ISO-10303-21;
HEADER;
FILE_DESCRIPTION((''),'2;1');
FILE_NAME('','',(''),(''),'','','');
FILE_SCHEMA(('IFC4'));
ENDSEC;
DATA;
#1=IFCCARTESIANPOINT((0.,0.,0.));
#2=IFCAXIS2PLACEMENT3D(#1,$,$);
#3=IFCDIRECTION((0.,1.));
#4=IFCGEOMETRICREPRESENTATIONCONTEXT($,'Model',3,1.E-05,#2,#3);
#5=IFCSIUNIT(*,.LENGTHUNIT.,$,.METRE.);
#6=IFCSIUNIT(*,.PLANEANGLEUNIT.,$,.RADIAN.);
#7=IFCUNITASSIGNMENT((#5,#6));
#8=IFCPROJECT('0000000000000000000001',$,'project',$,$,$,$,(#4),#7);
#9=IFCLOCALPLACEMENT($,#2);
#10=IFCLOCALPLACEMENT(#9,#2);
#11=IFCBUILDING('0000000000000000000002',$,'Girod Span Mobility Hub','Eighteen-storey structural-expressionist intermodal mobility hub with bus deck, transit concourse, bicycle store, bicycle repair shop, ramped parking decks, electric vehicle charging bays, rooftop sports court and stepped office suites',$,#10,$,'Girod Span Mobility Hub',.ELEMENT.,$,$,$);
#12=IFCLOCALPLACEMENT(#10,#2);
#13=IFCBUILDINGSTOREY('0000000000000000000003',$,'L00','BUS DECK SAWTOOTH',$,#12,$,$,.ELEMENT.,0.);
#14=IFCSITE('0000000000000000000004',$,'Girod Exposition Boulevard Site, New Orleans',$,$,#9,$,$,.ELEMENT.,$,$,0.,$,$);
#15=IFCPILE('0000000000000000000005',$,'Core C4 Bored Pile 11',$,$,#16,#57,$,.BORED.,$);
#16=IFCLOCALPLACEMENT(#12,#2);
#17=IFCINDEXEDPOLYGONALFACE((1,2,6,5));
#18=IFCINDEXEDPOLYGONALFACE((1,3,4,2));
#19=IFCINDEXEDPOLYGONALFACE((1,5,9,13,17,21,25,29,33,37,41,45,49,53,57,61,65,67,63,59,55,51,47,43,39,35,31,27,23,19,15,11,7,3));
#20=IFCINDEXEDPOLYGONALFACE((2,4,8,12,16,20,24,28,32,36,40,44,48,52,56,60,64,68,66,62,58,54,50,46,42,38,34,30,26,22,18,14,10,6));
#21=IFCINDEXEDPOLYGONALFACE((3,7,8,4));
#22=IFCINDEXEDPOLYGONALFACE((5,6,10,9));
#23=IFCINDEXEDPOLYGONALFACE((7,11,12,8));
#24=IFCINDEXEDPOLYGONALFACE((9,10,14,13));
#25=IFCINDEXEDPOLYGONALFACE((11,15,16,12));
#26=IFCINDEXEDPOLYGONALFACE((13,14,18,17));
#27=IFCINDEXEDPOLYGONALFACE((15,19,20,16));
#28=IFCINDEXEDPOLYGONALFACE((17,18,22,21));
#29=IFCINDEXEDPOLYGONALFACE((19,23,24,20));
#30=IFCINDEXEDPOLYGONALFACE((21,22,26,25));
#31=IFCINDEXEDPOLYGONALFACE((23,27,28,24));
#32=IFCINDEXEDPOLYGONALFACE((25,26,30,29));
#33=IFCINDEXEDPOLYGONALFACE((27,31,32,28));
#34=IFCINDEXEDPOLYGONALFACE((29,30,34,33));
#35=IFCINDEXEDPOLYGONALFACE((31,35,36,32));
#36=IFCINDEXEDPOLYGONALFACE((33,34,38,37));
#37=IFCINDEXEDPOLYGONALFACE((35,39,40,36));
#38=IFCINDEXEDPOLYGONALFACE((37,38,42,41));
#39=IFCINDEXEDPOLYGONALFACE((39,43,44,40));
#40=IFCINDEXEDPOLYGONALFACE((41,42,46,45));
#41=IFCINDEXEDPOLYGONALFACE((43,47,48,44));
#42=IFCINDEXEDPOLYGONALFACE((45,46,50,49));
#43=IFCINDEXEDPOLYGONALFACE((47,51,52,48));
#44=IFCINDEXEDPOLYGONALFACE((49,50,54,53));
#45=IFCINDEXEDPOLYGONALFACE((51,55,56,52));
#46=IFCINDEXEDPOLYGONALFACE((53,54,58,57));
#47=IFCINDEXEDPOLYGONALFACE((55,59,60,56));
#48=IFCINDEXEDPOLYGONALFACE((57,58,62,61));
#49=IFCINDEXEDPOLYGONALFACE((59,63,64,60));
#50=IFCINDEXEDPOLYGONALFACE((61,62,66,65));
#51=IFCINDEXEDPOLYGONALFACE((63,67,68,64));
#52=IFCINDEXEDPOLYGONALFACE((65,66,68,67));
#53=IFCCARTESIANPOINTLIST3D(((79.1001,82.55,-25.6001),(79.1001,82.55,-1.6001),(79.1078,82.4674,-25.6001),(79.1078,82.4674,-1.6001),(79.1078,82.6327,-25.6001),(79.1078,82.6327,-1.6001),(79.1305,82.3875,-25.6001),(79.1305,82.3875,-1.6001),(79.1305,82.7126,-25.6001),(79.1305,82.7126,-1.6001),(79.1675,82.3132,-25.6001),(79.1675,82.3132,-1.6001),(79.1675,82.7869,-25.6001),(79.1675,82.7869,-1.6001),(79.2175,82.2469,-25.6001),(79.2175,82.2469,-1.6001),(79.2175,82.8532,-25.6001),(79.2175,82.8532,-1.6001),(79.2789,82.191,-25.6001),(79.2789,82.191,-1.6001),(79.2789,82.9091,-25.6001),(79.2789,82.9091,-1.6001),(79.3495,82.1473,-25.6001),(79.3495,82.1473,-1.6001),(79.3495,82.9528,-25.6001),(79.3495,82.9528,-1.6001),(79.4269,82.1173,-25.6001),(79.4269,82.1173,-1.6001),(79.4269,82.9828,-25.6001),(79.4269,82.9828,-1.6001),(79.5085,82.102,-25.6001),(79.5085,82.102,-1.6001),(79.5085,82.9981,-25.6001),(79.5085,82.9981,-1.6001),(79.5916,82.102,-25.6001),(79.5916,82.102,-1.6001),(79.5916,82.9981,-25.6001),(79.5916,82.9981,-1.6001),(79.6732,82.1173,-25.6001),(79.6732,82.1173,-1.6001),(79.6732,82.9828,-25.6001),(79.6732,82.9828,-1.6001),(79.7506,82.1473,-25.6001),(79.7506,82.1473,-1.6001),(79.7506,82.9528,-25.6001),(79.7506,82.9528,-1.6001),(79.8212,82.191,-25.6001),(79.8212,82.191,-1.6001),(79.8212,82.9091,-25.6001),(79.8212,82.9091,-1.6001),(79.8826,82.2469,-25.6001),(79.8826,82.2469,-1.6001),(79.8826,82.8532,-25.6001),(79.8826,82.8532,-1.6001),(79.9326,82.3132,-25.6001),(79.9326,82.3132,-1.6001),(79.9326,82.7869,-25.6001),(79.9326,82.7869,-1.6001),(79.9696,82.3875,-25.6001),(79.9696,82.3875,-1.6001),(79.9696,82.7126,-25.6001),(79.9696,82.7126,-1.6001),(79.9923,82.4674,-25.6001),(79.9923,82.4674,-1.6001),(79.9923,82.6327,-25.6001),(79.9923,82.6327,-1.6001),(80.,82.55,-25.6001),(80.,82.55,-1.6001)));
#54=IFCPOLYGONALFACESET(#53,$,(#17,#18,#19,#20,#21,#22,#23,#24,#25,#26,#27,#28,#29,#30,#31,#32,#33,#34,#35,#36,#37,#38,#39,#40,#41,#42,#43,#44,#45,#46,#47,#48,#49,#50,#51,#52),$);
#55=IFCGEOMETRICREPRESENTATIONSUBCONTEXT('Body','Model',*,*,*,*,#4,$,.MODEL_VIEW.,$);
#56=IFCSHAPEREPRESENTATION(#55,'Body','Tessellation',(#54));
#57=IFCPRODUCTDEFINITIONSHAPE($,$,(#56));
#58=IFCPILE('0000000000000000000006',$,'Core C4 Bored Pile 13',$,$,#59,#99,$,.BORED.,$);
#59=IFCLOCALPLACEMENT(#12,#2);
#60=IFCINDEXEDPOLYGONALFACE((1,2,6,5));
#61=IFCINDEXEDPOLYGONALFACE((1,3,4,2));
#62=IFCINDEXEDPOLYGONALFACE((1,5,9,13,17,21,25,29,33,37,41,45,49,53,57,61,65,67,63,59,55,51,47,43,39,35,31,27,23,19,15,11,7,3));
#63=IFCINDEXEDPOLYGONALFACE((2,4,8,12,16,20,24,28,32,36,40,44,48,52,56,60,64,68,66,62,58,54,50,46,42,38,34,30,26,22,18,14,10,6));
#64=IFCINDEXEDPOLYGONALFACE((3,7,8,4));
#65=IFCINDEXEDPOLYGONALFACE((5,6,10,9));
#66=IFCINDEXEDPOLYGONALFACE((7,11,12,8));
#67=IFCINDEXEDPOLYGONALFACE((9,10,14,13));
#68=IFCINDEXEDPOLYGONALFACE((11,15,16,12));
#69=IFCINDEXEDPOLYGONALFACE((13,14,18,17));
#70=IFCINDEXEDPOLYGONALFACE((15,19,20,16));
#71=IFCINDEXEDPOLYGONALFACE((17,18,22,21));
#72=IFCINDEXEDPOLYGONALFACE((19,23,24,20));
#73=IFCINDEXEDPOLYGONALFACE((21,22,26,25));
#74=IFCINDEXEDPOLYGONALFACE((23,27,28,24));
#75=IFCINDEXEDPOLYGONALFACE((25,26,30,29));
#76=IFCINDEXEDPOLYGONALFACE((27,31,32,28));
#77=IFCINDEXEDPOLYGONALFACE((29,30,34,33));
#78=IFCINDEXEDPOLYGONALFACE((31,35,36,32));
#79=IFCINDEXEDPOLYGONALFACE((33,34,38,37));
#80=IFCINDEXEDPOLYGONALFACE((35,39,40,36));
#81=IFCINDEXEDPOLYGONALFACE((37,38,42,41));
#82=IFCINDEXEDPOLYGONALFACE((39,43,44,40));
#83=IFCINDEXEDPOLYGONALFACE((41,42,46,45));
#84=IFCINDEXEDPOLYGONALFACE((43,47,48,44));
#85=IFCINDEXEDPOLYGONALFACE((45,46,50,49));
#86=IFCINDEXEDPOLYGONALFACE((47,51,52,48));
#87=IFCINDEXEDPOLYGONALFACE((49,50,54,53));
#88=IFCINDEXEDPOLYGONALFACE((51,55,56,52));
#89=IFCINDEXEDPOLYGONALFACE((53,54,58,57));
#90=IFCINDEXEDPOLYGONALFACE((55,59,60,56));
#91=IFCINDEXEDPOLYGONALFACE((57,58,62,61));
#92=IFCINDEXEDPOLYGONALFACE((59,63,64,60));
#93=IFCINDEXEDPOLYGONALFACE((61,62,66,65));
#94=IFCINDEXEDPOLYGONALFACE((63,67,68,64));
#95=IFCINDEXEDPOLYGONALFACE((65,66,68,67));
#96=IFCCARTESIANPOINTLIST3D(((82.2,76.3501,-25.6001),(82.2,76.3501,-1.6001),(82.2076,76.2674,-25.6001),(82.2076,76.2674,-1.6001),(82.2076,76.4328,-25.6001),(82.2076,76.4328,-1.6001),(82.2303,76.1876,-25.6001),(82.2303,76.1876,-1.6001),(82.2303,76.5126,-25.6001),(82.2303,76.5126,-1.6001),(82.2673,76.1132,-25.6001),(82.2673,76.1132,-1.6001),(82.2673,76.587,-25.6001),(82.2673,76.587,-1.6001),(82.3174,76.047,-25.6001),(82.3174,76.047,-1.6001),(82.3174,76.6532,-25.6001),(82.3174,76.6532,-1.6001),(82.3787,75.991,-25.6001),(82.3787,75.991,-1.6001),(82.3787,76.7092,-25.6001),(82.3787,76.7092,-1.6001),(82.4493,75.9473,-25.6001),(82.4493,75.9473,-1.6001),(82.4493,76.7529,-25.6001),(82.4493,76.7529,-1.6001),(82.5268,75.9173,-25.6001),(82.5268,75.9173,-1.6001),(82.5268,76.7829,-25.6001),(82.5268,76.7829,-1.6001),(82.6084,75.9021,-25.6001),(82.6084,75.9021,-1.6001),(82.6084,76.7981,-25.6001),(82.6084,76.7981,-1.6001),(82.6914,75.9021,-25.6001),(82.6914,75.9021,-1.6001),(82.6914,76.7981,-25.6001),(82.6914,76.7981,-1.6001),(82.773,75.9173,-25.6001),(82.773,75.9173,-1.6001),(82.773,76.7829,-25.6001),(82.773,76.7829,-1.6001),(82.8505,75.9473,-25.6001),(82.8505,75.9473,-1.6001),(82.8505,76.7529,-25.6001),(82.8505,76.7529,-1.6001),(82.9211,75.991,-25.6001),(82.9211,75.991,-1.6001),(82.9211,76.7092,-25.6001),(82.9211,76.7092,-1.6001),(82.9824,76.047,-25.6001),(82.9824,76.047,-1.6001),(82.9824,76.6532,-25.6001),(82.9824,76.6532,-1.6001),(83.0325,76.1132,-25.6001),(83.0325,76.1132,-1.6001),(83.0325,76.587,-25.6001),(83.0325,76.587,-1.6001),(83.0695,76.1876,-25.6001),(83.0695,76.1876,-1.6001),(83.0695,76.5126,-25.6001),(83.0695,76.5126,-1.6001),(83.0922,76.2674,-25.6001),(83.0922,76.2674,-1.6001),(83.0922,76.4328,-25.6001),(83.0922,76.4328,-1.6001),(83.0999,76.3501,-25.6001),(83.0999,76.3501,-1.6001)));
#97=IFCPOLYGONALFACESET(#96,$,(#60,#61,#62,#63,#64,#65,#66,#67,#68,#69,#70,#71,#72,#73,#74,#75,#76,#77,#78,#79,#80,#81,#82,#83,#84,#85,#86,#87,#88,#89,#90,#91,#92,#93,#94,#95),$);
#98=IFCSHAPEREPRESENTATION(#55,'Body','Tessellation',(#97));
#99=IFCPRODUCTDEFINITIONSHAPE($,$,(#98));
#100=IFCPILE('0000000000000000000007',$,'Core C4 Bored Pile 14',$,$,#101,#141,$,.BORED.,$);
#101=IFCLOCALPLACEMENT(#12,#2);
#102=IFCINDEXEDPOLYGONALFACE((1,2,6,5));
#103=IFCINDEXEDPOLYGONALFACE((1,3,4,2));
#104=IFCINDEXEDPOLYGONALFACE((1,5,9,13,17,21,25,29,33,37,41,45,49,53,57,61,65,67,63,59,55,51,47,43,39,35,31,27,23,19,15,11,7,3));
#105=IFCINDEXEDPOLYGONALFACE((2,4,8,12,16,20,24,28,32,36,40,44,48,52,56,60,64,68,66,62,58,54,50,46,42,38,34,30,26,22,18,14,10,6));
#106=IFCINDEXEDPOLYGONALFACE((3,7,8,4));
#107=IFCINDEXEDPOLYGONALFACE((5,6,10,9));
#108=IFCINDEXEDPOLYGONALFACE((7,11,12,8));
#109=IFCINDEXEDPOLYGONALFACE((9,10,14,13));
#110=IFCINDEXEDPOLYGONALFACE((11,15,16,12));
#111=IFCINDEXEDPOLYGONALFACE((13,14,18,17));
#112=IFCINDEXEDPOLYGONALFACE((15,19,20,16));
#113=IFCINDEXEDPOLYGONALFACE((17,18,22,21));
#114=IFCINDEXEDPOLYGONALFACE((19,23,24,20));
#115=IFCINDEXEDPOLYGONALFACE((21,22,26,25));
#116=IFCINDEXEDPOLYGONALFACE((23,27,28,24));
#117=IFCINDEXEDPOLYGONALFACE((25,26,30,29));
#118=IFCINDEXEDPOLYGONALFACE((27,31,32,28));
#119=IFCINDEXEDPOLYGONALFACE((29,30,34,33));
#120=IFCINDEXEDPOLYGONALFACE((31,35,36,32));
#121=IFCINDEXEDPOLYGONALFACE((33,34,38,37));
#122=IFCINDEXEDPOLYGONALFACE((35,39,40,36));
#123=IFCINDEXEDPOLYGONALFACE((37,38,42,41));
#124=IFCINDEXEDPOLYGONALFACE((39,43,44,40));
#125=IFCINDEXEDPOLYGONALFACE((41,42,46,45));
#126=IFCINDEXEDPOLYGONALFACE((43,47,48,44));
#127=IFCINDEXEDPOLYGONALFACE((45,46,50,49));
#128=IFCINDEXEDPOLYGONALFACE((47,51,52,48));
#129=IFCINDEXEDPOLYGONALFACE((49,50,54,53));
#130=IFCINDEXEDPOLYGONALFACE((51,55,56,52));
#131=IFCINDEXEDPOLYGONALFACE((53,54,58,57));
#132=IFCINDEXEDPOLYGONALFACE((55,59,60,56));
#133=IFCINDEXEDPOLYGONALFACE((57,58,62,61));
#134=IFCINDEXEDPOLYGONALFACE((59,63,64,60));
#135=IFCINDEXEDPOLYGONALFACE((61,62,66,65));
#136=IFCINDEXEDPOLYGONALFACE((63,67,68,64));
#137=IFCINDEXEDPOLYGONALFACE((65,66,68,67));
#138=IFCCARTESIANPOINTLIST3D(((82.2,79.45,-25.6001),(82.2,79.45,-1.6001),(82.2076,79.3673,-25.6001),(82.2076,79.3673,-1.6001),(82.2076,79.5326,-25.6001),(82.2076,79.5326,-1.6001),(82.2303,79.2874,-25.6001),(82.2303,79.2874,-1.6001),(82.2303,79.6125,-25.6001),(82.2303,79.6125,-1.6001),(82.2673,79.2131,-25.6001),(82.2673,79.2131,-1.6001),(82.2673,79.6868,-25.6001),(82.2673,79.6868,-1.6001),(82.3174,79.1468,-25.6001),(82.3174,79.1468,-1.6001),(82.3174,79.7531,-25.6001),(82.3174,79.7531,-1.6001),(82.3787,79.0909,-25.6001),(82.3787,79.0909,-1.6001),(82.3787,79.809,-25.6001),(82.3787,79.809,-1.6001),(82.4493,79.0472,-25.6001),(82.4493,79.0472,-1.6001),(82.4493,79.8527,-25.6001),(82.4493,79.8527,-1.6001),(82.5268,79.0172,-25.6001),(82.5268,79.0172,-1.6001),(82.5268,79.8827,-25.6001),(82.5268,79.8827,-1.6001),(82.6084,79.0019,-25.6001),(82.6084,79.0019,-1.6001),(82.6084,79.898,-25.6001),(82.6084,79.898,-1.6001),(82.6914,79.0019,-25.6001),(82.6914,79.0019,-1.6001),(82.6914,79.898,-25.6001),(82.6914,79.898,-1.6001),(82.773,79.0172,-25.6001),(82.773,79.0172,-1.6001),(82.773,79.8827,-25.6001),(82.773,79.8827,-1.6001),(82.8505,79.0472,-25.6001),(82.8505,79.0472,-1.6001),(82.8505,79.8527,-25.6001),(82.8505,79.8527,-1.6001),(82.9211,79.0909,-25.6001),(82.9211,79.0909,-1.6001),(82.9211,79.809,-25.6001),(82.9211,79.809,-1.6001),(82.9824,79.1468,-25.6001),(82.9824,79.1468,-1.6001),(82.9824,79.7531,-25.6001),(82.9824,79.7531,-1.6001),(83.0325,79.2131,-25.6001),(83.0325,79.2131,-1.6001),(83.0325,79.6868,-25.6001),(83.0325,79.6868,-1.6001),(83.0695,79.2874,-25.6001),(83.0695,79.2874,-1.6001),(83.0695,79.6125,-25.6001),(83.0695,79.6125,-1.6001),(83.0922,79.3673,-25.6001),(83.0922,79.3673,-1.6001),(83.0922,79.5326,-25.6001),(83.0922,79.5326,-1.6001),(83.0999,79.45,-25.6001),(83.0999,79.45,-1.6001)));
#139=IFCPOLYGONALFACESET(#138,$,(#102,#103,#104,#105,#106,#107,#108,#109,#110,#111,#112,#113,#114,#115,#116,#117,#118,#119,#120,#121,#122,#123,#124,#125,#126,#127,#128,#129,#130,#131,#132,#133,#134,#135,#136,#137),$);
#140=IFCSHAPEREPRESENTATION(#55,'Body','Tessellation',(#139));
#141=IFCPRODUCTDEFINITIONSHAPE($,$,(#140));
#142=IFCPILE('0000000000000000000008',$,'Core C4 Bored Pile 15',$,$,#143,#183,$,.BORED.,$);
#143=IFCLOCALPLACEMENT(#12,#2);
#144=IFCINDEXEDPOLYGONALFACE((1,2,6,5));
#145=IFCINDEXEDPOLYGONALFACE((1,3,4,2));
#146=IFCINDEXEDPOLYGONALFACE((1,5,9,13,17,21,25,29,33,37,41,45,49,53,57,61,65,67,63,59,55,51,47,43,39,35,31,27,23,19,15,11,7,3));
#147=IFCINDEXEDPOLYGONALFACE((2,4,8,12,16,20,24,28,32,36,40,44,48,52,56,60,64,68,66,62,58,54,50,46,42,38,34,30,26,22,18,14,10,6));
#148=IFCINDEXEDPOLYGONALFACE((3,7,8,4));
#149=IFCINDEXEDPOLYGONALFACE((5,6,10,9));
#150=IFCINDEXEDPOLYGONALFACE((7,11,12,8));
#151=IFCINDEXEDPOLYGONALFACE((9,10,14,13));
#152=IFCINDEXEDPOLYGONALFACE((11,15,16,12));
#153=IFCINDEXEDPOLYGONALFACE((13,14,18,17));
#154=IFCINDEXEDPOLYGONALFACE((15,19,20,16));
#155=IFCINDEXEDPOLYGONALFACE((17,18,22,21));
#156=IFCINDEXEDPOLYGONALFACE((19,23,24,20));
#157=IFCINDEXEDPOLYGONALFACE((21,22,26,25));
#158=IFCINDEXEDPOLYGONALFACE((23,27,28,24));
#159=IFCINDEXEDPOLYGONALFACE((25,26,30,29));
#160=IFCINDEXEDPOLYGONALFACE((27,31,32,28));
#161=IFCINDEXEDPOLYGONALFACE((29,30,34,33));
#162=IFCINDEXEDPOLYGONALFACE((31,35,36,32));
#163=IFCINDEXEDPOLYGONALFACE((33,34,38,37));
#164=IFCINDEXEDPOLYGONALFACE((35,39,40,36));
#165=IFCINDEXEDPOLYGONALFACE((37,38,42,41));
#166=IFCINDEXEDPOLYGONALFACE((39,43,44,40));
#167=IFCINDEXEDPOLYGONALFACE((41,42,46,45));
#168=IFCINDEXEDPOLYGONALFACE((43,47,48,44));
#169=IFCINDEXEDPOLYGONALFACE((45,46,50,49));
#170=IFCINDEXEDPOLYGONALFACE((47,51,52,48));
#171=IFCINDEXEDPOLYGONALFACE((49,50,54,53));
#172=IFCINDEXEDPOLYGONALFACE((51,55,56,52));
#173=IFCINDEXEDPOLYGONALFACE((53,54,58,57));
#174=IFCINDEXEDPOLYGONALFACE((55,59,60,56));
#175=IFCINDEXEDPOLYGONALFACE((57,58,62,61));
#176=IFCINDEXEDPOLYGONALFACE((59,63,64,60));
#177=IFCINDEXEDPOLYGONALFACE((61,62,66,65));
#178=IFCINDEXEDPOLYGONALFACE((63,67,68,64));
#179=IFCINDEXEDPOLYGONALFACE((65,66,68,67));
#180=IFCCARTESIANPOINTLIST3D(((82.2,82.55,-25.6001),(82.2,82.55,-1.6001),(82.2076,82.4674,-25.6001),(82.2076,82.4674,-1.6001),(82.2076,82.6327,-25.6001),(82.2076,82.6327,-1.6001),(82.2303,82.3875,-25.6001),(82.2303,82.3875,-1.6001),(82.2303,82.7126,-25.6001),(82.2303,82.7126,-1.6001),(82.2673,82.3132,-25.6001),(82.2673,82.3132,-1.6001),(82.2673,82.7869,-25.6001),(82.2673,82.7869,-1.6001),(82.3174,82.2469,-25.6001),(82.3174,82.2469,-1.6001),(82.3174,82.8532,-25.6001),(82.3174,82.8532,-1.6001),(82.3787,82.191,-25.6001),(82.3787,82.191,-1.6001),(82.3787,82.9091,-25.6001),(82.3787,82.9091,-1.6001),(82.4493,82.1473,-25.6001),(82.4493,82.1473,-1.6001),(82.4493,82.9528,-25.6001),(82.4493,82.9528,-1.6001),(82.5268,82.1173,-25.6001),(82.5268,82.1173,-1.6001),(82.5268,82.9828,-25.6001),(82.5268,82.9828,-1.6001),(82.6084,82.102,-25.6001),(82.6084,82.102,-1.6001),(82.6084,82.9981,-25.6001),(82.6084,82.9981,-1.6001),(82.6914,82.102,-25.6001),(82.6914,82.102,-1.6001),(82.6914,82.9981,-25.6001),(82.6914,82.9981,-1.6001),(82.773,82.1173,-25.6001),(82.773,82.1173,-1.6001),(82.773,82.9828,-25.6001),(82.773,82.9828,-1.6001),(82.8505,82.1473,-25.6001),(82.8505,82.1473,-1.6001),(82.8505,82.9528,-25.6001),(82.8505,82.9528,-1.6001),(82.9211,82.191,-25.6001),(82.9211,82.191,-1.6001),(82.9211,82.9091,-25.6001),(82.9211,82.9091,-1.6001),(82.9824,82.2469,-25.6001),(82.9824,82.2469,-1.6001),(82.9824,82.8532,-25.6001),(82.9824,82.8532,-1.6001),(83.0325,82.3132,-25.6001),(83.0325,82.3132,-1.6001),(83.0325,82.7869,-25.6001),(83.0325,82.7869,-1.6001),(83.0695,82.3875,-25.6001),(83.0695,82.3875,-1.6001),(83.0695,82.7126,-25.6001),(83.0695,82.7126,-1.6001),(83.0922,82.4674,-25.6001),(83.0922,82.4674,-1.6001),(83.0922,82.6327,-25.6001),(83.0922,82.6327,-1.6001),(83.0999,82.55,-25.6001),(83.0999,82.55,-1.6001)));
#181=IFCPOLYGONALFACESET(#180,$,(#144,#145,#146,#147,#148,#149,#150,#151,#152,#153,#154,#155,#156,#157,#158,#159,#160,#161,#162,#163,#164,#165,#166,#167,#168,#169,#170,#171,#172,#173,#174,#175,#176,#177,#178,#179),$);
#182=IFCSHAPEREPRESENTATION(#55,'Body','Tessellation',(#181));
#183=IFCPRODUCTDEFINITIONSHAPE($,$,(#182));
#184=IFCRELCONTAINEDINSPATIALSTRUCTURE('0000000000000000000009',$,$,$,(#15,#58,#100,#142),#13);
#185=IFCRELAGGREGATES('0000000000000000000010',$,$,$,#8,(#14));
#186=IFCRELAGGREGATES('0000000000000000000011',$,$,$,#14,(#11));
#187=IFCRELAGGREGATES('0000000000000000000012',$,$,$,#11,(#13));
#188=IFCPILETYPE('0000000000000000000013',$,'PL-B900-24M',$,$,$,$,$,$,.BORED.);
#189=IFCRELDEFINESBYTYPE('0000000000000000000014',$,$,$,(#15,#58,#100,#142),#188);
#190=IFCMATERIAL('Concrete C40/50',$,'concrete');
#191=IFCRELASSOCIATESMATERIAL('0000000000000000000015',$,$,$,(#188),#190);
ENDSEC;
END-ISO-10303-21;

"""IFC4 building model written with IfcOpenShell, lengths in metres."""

from ifc_helpers import new_model, si_unit, direction, frame, origin, origin_2d, place, context, subcontext, project, spatial, circle, extrude, material, material_profile, profile_set, type_object, element, save


model = new_model("IFC4")

# Units and contexts
model_context = context("Model", 3, precision=1e-05, world=origin(), true_north=direction((0.0, 1.0)))
body_context = subcontext(model_context, "Body", "Model", "MODEL_VIEW")
ifc_project = project(units=[si_unit("LENGTHUNIT", "METRE"), si_unit("PLANEANGLEUNIT", "RADIAN")], contexts=[model_context])

# Site, building, storey
site_placement = place(None, origin())
site = spatial("IfcSite", under=ifc_project, at=site_placement, Name="Girod Exposition Boulevard Site, New Orleans", CompositionType="ELEMENT", RefElevation=0.0)
building_placement = place(site_placement, origin())
building = spatial("IfcBuilding", under=site, at=building_placement, Name="Girod Span Mobility Hub", Description="Eighteen-storey structural-expressionist intermodal mobility hub with bus deck, transit concourse, bicycle store, bicycle repair shop, ramped parking decks, electric vehicle charging bays, rooftop sports court and stepped office suites", LongName="Girod Span Mobility Hub", CompositionType="ELEMENT")
storey_placement = place(building_placement, origin())
storey = spatial("IfcBuildingStorey", under=building, at=storey_placement, Name="L00", Description="BUS DECK SAWTOOTH", CompositionType="ELEMENT", Elevation=0.0)

# Piles
ifc_material_1 = material(Name="Concrete C40/50", Category="concrete")
ifc_material_profile_1 = material_profile(ifc_material_1, circle(Radius=0.45, at=origin_2d()), Name="PILE-D900")
ifc_profile_set_1 = profile_set([ifc_material_profile_1], Name="Concrete C40/50")
pile_type_1 = type_object("IfcPileType", Name="PL-B900-24M", PredefinedType="BORED", material=ifc_profile_set_1)
for number, where, z_axis, x_axis, name in (
    (1, (79.55, 82.55, -1.6001), (0.0, 0.0, -1.0), (1.0, 0.0, 0.0), "Core C4 Bored Pile 11"),
    (2, (82.6499, 76.3501, -1.6001), (0.0, 0.0, -1.0), (1.0, 0.0, 0.0), "Core C4 Bored Pile 13"),
    (3, (82.6499, 79.45, -1.6001), (0.0, 0.0, -1.0), (1.0, 0.0, 0.0), "Core C4 Bored Pile 14"),
    (4, (82.6499, 82.55, -1.6001), (0.0, 0.0, -1.0), (1.0, 0.0, 0.0), "Core C4 Bored Pile 15"),
):
    element("IfcPile", number, at=place(storey_placement, frame(where, z_axis=z_axis, x_axis=x_axis)), inside=storey, type_object=pile_type_1, Name=name, PredefinedType="BORED", context=body_context, shape_type="SweptSolid", body=[
        extrude(circle(Radius=0.45, at=origin_2d()), origin(), (0.0, 0.0, 1.0), 24.0),
    ])

save(model, "model.ifc")
